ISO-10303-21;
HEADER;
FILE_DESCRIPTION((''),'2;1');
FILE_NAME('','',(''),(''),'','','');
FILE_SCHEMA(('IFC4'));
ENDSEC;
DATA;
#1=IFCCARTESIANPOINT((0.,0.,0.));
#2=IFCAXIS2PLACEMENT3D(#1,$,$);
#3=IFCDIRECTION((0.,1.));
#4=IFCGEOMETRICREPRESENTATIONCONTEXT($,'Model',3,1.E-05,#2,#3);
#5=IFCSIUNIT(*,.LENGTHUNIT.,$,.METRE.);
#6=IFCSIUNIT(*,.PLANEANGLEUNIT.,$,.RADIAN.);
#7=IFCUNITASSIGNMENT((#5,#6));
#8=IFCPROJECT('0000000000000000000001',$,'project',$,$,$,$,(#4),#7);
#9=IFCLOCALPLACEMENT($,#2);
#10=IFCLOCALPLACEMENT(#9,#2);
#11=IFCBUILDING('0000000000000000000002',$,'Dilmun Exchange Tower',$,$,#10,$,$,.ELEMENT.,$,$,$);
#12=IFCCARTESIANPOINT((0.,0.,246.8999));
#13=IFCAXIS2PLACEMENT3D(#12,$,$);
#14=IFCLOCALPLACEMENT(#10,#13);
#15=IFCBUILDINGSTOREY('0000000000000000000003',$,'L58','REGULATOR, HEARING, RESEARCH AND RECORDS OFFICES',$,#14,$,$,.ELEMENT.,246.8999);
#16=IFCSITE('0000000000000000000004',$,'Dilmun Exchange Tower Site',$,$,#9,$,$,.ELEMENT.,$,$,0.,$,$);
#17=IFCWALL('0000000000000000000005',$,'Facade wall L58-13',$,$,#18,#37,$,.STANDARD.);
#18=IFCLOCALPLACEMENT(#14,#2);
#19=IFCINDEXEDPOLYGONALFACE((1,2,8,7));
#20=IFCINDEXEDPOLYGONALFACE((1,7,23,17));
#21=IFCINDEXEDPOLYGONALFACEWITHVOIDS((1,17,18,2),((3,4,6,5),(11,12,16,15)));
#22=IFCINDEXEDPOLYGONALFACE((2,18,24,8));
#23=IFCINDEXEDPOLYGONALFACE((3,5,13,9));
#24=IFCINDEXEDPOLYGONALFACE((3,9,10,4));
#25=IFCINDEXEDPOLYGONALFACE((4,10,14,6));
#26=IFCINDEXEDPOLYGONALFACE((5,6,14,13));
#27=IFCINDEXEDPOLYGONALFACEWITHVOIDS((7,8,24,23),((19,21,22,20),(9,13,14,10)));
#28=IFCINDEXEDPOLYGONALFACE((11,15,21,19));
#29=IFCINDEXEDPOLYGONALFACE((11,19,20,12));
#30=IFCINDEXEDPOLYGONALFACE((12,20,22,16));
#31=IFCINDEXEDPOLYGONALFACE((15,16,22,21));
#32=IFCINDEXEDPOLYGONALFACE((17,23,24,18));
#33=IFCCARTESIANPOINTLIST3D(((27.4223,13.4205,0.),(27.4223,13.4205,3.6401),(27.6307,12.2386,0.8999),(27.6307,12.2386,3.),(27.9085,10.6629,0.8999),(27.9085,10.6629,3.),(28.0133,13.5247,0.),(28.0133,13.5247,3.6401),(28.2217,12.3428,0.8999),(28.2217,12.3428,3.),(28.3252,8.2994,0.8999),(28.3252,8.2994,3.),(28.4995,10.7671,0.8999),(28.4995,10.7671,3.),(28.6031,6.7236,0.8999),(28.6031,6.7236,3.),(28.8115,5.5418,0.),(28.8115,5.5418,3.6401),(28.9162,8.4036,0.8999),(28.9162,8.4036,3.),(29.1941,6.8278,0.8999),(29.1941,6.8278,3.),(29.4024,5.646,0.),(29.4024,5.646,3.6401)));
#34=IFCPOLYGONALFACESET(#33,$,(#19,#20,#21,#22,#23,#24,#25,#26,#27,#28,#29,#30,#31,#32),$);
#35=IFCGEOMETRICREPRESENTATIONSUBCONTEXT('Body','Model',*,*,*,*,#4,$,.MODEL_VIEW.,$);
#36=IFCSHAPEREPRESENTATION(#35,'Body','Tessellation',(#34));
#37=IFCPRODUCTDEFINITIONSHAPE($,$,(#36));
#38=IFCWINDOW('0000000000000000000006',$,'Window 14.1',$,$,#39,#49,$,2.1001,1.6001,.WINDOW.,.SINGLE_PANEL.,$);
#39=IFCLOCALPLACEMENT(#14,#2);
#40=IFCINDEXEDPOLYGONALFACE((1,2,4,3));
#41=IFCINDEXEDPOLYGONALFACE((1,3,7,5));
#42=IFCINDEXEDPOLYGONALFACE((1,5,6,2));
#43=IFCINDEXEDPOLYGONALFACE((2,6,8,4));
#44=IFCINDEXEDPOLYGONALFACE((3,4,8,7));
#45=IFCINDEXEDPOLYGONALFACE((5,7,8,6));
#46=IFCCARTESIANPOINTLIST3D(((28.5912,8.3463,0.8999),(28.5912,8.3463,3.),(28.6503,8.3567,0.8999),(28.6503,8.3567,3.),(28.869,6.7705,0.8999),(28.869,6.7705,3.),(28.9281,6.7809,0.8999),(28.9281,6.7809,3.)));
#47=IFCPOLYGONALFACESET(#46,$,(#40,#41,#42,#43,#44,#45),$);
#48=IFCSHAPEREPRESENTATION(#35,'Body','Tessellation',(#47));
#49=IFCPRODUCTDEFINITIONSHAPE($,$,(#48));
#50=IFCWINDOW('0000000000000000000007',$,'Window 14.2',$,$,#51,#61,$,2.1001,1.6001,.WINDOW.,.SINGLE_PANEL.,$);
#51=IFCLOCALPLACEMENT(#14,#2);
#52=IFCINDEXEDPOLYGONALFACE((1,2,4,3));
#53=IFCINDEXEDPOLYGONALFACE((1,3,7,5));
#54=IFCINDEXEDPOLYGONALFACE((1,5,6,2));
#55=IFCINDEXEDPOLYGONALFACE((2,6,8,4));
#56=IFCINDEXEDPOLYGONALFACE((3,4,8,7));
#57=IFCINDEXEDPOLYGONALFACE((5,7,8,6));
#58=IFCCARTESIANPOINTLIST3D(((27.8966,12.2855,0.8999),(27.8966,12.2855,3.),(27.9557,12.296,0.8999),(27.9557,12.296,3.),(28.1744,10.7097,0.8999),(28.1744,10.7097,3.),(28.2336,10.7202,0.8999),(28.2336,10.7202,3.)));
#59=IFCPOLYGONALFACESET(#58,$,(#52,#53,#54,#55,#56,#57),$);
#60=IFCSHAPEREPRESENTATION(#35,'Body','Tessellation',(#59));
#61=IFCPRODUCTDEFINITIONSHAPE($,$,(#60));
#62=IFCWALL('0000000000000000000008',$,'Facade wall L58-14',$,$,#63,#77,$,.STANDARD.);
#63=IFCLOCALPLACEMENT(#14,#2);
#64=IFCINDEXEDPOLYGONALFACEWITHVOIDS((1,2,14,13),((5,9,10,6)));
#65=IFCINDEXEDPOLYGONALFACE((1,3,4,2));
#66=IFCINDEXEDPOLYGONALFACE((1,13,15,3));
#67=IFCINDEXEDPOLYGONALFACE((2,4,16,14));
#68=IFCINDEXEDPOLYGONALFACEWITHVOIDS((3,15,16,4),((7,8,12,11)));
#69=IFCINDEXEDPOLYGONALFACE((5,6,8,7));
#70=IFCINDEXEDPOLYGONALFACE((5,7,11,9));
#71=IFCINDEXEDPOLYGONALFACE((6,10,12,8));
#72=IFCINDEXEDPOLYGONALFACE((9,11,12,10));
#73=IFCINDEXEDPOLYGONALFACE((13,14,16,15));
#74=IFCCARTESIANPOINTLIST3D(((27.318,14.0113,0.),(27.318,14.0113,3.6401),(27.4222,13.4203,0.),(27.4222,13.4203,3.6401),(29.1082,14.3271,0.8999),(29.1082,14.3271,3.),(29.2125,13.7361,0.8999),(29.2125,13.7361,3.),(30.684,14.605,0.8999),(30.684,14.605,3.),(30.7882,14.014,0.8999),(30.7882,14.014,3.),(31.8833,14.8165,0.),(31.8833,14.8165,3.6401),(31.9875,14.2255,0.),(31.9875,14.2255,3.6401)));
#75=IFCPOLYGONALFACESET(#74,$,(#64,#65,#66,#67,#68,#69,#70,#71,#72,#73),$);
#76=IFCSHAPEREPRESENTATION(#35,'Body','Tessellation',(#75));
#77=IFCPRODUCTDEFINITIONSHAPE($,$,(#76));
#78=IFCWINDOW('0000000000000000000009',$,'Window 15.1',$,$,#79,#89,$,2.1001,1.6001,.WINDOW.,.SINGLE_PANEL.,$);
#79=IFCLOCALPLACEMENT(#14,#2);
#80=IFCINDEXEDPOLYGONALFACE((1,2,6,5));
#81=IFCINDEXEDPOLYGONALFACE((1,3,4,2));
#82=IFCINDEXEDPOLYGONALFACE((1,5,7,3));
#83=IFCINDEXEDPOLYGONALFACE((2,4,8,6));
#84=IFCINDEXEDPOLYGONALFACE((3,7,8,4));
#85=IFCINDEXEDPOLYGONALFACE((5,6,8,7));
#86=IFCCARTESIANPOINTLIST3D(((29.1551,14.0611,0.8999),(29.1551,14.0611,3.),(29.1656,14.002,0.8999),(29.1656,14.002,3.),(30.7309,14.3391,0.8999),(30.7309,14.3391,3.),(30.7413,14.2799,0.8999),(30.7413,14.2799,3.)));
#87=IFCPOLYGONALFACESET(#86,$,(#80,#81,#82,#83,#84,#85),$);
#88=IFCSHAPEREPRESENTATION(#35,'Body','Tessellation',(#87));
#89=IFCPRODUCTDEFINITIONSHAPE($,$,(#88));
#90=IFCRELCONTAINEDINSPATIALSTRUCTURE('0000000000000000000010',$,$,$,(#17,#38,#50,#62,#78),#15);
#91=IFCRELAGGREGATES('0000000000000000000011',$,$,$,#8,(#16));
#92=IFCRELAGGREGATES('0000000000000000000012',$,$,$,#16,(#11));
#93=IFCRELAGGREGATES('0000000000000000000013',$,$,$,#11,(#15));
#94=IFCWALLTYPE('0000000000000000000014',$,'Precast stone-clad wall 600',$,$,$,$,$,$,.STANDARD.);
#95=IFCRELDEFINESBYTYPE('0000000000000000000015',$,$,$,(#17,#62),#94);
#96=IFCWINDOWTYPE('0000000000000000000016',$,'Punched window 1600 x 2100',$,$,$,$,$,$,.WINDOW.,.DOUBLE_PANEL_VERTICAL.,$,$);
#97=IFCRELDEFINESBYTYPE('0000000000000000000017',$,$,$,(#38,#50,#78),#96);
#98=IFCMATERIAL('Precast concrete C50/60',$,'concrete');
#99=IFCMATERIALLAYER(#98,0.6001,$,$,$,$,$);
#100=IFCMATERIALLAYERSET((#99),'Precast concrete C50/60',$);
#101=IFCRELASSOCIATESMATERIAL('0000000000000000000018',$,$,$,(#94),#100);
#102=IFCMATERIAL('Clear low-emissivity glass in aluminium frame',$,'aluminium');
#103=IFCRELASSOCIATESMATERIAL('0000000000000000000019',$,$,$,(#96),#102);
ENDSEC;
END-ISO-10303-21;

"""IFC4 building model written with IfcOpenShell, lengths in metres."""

from ifc_helpers import new_model, si_unit, direction, frame, frame_2d, origin, place, context, subcontext, project, spatial, rectangle, extrude, material, layer, layer_set, type_object, element, fill, save


model = new_model("IFC4")

# Units and contexts
model_context = context("Model", 3, precision=1e-05, world=origin(), true_north=direction((0.0, 1.0)))
body_context = subcontext(model_context, "Body", "Model", "MODEL_VIEW")
ifc_project = project(units=[si_unit("LENGTHUNIT", "METRE"), si_unit("PLANEANGLEUNIT", "RADIAN")], contexts=[model_context])

# Site, building, storey
site_placement = place(None, origin())
site = spatial("IfcSite", under=ifc_project, at=site_placement, Name="Dilmun Exchange Tower Site", CompositionType="ELEMENT", RefElevation=0.0)
building_placement = place(site_placement, origin())
building = spatial("IfcBuilding", under=site, at=building_placement, Name="Dilmun Exchange Tower", CompositionType="ELEMENT")
storey_placement = place(building_placement, frame((0.0, 0.0, 246.8999)))
storey = spatial("IfcBuildingStorey", under=building, at=storey_placement, Name="L58", Description="REGULATOR, HEARING, RESEARCH AND RECORDS OFFICES", CompositionType="ELEMENT", Elevation=246.8999)

# Shared definitions
ifc_material_1 = material(Name="Precast concrete C50/60", Category="concrete")
ifc_layer_1 = layer(ifc_material_1, 0.6001)
ifc_layer_set_1 = layer_set([ifc_layer_1], Name="Precast concrete C50/60")
wall_type_1 = type_object("IfcWallType", Name="Precast stone-clad wall 600", PredefinedType="STANDARD", material=ifc_layer_set_1)
ifc_material_2 = material(Name="Clear low-emissivity glass in aluminium frame", Category="aluminium")
window_type_1 = type_object("IfcWindowType", Name="Punched window 1600 x 2100", PartitioningType="DOUBLE_PANEL_VERTICAL", PredefinedType="WINDOW", material=ifc_material_2)

# Wall, openings, windows
wall_1_placement = place(storey_placement, frame((29.1069, 5.594, 0.0), z_axis=(0.0, 0.0, 1.0), x_axis=(-0.173641, 0.984809, 0.0)))
wall_1 = element("IfcWall", 1, at=wall_1_placement, inside=storey, type_object=wall_type_1, Name="Facade wall L58-13", PredefinedType="STANDARD", context=body_context, shape_type="SweptSolid", body=[
    extrude(rectangle(XDim=8.0002, YDim=0.6001, at=frame_2d((4.0, 0.0))), origin(), (0.0, 0.0, 1.0), 3.6401),
])
opening_1_placement = place(wall_1_placement, frame((1.2, 0.0, 0.8999)))
opening_1 = element("IfcOpeningElement", 2, at=opening_1_placement, cuts=wall_1, PredefinedType="OPENING", context=body_context, shape_type="SweptSolid", body=[
    extrude(rectangle(XDim=1.6001, YDim=2.1001, at=frame_2d((0.8, 1.05))), frame((0.0, 0.3101, 0.0), z_axis=(0.0, -1.0, 0.0), x_axis=(1.0, 0.0, 0.0)), (0.0, 0.0, 1.0), 0.6201),
])
opening_2_placement = place(wall_1_placement, frame((5.2, 0.0, 0.8999)))
opening_2 = element("IfcOpeningElement", 3, at=opening_2_placement, cuts=wall_1, PredefinedType="OPENING", context=body_context, shape_type="SweptSolid", body=[
    extrude(rectangle(XDim=1.6001, YDim=2.1001, at=frame_2d((0.8, 1.05))), frame((0.0, 0.3101, 0.0), z_axis=(0.0, -1.0, 0.0), x_axis=(1.0, 0.0, 0.0)), (0.0, 0.0, 1.0), 0.6201),
])
window_1_placement = place(opening_1_placement, origin())
window_1 = element("IfcWindow", 4, at=window_1_placement, inside=storey, type_object=window_type_1, Name="Window 14.1", OverallHeight=2.1001, OverallWidth=1.6001, PartitioningType="SINGLE_PANEL", PredefinedType="WINDOW", context=body_context, shape_type="SweptSolid", body=[
    extrude(rectangle(XDim=1.6001, YDim=2.1001, at=frame_2d((0.8, 1.05))), frame((0.0, 0.03, 0.0), z_axis=(0.0, -1.0, 0.0), x_axis=(1.0, 0.0, 0.0)), (0.0, 0.0, 1.0), 0.0601),
])
fill(opening_1, window_1)
window_2_placement = place(opening_2_placement, origin())
window_2 = element("IfcWindow", 5, at=window_2_placement, inside=storey, type_object=window_type_1, Name="Window 14.2", OverallHeight=2.1001, OverallWidth=1.6001, PartitioningType="SINGLE_PANEL", PredefinedType="WINDOW", context=body_context, shape_type="SweptSolid", body=[
    extrude(rectangle(XDim=1.6001, YDim=2.1001, at=frame_2d((0.8, 1.05))), frame((0.0, 0.03, 0.0), z_axis=(0.0, -1.0, 0.0), x_axis=(1.0, 0.0, 0.0)), (0.0, 0.0, 1.0), 0.0601),
])
fill(opening_2, window_2)

# Wall, opening, window
wall_2_placement = place(storey_placement, frame((27.3701, 13.7158, 0.0), z_axis=(0.0, 0.0, 1.0), x_axis=(0.9848, 0.173692, 0.0)))
wall_2 = element("IfcWall", 6, at=wall_2_placement, inside=storey, type_object=wall_type_1, Name="Facade wall L58-14", PredefinedType="STANDARD", context=body_context, shape_type="SweptSolid", body=[
    extrude(rectangle(XDim=4.6357, YDim=0.6001, at=frame_2d((2.3179, 0.0))), origin(), (0.0, 0.0, 1.0), 3.6401),
])
opening_3_placement = place(wall_2_placement, frame((1.8179, 0.0, 0.8999)))
opening_3 = element("IfcOpeningElement", 7, at=opening_3_placement, cuts=wall_2, PredefinedType="OPENING", context=body_context, shape_type="SweptSolid", body=[
    extrude(rectangle(XDim=1.6001, YDim=2.1001, at=frame_2d((0.8, 1.05))), frame((0.0, 0.3101, 0.0), z_axis=(0.0, -1.0, 0.0), x_axis=(1.0, 0.0, 0.0)), (0.0, 0.0, 1.0), 0.6201),
])
window_3_placement = place(opening_3_placement, origin())
window_3 = element("IfcWindow", 8, at=window_3_placement, inside=storey, type_object=window_type_1, Name="Window 15.1", OverallHeight=2.1001, OverallWidth=1.6001, PartitioningType="SINGLE_PANEL", PredefinedType="WINDOW", context=body_context, shape_type="SweptSolid", body=[
    extrude(rectangle(XDim=1.6001, YDim=2.1001, at=frame_2d((0.8, 1.05))), frame((0.0, 0.03, 0.0), z_axis=(0.0, -1.0, 0.0), x_axis=(1.0, 0.0, 0.0)), (0.0, 0.0, 1.0), 0.0601),
])
fill(opening_3, window_3)

save(model, "model.ifc")
